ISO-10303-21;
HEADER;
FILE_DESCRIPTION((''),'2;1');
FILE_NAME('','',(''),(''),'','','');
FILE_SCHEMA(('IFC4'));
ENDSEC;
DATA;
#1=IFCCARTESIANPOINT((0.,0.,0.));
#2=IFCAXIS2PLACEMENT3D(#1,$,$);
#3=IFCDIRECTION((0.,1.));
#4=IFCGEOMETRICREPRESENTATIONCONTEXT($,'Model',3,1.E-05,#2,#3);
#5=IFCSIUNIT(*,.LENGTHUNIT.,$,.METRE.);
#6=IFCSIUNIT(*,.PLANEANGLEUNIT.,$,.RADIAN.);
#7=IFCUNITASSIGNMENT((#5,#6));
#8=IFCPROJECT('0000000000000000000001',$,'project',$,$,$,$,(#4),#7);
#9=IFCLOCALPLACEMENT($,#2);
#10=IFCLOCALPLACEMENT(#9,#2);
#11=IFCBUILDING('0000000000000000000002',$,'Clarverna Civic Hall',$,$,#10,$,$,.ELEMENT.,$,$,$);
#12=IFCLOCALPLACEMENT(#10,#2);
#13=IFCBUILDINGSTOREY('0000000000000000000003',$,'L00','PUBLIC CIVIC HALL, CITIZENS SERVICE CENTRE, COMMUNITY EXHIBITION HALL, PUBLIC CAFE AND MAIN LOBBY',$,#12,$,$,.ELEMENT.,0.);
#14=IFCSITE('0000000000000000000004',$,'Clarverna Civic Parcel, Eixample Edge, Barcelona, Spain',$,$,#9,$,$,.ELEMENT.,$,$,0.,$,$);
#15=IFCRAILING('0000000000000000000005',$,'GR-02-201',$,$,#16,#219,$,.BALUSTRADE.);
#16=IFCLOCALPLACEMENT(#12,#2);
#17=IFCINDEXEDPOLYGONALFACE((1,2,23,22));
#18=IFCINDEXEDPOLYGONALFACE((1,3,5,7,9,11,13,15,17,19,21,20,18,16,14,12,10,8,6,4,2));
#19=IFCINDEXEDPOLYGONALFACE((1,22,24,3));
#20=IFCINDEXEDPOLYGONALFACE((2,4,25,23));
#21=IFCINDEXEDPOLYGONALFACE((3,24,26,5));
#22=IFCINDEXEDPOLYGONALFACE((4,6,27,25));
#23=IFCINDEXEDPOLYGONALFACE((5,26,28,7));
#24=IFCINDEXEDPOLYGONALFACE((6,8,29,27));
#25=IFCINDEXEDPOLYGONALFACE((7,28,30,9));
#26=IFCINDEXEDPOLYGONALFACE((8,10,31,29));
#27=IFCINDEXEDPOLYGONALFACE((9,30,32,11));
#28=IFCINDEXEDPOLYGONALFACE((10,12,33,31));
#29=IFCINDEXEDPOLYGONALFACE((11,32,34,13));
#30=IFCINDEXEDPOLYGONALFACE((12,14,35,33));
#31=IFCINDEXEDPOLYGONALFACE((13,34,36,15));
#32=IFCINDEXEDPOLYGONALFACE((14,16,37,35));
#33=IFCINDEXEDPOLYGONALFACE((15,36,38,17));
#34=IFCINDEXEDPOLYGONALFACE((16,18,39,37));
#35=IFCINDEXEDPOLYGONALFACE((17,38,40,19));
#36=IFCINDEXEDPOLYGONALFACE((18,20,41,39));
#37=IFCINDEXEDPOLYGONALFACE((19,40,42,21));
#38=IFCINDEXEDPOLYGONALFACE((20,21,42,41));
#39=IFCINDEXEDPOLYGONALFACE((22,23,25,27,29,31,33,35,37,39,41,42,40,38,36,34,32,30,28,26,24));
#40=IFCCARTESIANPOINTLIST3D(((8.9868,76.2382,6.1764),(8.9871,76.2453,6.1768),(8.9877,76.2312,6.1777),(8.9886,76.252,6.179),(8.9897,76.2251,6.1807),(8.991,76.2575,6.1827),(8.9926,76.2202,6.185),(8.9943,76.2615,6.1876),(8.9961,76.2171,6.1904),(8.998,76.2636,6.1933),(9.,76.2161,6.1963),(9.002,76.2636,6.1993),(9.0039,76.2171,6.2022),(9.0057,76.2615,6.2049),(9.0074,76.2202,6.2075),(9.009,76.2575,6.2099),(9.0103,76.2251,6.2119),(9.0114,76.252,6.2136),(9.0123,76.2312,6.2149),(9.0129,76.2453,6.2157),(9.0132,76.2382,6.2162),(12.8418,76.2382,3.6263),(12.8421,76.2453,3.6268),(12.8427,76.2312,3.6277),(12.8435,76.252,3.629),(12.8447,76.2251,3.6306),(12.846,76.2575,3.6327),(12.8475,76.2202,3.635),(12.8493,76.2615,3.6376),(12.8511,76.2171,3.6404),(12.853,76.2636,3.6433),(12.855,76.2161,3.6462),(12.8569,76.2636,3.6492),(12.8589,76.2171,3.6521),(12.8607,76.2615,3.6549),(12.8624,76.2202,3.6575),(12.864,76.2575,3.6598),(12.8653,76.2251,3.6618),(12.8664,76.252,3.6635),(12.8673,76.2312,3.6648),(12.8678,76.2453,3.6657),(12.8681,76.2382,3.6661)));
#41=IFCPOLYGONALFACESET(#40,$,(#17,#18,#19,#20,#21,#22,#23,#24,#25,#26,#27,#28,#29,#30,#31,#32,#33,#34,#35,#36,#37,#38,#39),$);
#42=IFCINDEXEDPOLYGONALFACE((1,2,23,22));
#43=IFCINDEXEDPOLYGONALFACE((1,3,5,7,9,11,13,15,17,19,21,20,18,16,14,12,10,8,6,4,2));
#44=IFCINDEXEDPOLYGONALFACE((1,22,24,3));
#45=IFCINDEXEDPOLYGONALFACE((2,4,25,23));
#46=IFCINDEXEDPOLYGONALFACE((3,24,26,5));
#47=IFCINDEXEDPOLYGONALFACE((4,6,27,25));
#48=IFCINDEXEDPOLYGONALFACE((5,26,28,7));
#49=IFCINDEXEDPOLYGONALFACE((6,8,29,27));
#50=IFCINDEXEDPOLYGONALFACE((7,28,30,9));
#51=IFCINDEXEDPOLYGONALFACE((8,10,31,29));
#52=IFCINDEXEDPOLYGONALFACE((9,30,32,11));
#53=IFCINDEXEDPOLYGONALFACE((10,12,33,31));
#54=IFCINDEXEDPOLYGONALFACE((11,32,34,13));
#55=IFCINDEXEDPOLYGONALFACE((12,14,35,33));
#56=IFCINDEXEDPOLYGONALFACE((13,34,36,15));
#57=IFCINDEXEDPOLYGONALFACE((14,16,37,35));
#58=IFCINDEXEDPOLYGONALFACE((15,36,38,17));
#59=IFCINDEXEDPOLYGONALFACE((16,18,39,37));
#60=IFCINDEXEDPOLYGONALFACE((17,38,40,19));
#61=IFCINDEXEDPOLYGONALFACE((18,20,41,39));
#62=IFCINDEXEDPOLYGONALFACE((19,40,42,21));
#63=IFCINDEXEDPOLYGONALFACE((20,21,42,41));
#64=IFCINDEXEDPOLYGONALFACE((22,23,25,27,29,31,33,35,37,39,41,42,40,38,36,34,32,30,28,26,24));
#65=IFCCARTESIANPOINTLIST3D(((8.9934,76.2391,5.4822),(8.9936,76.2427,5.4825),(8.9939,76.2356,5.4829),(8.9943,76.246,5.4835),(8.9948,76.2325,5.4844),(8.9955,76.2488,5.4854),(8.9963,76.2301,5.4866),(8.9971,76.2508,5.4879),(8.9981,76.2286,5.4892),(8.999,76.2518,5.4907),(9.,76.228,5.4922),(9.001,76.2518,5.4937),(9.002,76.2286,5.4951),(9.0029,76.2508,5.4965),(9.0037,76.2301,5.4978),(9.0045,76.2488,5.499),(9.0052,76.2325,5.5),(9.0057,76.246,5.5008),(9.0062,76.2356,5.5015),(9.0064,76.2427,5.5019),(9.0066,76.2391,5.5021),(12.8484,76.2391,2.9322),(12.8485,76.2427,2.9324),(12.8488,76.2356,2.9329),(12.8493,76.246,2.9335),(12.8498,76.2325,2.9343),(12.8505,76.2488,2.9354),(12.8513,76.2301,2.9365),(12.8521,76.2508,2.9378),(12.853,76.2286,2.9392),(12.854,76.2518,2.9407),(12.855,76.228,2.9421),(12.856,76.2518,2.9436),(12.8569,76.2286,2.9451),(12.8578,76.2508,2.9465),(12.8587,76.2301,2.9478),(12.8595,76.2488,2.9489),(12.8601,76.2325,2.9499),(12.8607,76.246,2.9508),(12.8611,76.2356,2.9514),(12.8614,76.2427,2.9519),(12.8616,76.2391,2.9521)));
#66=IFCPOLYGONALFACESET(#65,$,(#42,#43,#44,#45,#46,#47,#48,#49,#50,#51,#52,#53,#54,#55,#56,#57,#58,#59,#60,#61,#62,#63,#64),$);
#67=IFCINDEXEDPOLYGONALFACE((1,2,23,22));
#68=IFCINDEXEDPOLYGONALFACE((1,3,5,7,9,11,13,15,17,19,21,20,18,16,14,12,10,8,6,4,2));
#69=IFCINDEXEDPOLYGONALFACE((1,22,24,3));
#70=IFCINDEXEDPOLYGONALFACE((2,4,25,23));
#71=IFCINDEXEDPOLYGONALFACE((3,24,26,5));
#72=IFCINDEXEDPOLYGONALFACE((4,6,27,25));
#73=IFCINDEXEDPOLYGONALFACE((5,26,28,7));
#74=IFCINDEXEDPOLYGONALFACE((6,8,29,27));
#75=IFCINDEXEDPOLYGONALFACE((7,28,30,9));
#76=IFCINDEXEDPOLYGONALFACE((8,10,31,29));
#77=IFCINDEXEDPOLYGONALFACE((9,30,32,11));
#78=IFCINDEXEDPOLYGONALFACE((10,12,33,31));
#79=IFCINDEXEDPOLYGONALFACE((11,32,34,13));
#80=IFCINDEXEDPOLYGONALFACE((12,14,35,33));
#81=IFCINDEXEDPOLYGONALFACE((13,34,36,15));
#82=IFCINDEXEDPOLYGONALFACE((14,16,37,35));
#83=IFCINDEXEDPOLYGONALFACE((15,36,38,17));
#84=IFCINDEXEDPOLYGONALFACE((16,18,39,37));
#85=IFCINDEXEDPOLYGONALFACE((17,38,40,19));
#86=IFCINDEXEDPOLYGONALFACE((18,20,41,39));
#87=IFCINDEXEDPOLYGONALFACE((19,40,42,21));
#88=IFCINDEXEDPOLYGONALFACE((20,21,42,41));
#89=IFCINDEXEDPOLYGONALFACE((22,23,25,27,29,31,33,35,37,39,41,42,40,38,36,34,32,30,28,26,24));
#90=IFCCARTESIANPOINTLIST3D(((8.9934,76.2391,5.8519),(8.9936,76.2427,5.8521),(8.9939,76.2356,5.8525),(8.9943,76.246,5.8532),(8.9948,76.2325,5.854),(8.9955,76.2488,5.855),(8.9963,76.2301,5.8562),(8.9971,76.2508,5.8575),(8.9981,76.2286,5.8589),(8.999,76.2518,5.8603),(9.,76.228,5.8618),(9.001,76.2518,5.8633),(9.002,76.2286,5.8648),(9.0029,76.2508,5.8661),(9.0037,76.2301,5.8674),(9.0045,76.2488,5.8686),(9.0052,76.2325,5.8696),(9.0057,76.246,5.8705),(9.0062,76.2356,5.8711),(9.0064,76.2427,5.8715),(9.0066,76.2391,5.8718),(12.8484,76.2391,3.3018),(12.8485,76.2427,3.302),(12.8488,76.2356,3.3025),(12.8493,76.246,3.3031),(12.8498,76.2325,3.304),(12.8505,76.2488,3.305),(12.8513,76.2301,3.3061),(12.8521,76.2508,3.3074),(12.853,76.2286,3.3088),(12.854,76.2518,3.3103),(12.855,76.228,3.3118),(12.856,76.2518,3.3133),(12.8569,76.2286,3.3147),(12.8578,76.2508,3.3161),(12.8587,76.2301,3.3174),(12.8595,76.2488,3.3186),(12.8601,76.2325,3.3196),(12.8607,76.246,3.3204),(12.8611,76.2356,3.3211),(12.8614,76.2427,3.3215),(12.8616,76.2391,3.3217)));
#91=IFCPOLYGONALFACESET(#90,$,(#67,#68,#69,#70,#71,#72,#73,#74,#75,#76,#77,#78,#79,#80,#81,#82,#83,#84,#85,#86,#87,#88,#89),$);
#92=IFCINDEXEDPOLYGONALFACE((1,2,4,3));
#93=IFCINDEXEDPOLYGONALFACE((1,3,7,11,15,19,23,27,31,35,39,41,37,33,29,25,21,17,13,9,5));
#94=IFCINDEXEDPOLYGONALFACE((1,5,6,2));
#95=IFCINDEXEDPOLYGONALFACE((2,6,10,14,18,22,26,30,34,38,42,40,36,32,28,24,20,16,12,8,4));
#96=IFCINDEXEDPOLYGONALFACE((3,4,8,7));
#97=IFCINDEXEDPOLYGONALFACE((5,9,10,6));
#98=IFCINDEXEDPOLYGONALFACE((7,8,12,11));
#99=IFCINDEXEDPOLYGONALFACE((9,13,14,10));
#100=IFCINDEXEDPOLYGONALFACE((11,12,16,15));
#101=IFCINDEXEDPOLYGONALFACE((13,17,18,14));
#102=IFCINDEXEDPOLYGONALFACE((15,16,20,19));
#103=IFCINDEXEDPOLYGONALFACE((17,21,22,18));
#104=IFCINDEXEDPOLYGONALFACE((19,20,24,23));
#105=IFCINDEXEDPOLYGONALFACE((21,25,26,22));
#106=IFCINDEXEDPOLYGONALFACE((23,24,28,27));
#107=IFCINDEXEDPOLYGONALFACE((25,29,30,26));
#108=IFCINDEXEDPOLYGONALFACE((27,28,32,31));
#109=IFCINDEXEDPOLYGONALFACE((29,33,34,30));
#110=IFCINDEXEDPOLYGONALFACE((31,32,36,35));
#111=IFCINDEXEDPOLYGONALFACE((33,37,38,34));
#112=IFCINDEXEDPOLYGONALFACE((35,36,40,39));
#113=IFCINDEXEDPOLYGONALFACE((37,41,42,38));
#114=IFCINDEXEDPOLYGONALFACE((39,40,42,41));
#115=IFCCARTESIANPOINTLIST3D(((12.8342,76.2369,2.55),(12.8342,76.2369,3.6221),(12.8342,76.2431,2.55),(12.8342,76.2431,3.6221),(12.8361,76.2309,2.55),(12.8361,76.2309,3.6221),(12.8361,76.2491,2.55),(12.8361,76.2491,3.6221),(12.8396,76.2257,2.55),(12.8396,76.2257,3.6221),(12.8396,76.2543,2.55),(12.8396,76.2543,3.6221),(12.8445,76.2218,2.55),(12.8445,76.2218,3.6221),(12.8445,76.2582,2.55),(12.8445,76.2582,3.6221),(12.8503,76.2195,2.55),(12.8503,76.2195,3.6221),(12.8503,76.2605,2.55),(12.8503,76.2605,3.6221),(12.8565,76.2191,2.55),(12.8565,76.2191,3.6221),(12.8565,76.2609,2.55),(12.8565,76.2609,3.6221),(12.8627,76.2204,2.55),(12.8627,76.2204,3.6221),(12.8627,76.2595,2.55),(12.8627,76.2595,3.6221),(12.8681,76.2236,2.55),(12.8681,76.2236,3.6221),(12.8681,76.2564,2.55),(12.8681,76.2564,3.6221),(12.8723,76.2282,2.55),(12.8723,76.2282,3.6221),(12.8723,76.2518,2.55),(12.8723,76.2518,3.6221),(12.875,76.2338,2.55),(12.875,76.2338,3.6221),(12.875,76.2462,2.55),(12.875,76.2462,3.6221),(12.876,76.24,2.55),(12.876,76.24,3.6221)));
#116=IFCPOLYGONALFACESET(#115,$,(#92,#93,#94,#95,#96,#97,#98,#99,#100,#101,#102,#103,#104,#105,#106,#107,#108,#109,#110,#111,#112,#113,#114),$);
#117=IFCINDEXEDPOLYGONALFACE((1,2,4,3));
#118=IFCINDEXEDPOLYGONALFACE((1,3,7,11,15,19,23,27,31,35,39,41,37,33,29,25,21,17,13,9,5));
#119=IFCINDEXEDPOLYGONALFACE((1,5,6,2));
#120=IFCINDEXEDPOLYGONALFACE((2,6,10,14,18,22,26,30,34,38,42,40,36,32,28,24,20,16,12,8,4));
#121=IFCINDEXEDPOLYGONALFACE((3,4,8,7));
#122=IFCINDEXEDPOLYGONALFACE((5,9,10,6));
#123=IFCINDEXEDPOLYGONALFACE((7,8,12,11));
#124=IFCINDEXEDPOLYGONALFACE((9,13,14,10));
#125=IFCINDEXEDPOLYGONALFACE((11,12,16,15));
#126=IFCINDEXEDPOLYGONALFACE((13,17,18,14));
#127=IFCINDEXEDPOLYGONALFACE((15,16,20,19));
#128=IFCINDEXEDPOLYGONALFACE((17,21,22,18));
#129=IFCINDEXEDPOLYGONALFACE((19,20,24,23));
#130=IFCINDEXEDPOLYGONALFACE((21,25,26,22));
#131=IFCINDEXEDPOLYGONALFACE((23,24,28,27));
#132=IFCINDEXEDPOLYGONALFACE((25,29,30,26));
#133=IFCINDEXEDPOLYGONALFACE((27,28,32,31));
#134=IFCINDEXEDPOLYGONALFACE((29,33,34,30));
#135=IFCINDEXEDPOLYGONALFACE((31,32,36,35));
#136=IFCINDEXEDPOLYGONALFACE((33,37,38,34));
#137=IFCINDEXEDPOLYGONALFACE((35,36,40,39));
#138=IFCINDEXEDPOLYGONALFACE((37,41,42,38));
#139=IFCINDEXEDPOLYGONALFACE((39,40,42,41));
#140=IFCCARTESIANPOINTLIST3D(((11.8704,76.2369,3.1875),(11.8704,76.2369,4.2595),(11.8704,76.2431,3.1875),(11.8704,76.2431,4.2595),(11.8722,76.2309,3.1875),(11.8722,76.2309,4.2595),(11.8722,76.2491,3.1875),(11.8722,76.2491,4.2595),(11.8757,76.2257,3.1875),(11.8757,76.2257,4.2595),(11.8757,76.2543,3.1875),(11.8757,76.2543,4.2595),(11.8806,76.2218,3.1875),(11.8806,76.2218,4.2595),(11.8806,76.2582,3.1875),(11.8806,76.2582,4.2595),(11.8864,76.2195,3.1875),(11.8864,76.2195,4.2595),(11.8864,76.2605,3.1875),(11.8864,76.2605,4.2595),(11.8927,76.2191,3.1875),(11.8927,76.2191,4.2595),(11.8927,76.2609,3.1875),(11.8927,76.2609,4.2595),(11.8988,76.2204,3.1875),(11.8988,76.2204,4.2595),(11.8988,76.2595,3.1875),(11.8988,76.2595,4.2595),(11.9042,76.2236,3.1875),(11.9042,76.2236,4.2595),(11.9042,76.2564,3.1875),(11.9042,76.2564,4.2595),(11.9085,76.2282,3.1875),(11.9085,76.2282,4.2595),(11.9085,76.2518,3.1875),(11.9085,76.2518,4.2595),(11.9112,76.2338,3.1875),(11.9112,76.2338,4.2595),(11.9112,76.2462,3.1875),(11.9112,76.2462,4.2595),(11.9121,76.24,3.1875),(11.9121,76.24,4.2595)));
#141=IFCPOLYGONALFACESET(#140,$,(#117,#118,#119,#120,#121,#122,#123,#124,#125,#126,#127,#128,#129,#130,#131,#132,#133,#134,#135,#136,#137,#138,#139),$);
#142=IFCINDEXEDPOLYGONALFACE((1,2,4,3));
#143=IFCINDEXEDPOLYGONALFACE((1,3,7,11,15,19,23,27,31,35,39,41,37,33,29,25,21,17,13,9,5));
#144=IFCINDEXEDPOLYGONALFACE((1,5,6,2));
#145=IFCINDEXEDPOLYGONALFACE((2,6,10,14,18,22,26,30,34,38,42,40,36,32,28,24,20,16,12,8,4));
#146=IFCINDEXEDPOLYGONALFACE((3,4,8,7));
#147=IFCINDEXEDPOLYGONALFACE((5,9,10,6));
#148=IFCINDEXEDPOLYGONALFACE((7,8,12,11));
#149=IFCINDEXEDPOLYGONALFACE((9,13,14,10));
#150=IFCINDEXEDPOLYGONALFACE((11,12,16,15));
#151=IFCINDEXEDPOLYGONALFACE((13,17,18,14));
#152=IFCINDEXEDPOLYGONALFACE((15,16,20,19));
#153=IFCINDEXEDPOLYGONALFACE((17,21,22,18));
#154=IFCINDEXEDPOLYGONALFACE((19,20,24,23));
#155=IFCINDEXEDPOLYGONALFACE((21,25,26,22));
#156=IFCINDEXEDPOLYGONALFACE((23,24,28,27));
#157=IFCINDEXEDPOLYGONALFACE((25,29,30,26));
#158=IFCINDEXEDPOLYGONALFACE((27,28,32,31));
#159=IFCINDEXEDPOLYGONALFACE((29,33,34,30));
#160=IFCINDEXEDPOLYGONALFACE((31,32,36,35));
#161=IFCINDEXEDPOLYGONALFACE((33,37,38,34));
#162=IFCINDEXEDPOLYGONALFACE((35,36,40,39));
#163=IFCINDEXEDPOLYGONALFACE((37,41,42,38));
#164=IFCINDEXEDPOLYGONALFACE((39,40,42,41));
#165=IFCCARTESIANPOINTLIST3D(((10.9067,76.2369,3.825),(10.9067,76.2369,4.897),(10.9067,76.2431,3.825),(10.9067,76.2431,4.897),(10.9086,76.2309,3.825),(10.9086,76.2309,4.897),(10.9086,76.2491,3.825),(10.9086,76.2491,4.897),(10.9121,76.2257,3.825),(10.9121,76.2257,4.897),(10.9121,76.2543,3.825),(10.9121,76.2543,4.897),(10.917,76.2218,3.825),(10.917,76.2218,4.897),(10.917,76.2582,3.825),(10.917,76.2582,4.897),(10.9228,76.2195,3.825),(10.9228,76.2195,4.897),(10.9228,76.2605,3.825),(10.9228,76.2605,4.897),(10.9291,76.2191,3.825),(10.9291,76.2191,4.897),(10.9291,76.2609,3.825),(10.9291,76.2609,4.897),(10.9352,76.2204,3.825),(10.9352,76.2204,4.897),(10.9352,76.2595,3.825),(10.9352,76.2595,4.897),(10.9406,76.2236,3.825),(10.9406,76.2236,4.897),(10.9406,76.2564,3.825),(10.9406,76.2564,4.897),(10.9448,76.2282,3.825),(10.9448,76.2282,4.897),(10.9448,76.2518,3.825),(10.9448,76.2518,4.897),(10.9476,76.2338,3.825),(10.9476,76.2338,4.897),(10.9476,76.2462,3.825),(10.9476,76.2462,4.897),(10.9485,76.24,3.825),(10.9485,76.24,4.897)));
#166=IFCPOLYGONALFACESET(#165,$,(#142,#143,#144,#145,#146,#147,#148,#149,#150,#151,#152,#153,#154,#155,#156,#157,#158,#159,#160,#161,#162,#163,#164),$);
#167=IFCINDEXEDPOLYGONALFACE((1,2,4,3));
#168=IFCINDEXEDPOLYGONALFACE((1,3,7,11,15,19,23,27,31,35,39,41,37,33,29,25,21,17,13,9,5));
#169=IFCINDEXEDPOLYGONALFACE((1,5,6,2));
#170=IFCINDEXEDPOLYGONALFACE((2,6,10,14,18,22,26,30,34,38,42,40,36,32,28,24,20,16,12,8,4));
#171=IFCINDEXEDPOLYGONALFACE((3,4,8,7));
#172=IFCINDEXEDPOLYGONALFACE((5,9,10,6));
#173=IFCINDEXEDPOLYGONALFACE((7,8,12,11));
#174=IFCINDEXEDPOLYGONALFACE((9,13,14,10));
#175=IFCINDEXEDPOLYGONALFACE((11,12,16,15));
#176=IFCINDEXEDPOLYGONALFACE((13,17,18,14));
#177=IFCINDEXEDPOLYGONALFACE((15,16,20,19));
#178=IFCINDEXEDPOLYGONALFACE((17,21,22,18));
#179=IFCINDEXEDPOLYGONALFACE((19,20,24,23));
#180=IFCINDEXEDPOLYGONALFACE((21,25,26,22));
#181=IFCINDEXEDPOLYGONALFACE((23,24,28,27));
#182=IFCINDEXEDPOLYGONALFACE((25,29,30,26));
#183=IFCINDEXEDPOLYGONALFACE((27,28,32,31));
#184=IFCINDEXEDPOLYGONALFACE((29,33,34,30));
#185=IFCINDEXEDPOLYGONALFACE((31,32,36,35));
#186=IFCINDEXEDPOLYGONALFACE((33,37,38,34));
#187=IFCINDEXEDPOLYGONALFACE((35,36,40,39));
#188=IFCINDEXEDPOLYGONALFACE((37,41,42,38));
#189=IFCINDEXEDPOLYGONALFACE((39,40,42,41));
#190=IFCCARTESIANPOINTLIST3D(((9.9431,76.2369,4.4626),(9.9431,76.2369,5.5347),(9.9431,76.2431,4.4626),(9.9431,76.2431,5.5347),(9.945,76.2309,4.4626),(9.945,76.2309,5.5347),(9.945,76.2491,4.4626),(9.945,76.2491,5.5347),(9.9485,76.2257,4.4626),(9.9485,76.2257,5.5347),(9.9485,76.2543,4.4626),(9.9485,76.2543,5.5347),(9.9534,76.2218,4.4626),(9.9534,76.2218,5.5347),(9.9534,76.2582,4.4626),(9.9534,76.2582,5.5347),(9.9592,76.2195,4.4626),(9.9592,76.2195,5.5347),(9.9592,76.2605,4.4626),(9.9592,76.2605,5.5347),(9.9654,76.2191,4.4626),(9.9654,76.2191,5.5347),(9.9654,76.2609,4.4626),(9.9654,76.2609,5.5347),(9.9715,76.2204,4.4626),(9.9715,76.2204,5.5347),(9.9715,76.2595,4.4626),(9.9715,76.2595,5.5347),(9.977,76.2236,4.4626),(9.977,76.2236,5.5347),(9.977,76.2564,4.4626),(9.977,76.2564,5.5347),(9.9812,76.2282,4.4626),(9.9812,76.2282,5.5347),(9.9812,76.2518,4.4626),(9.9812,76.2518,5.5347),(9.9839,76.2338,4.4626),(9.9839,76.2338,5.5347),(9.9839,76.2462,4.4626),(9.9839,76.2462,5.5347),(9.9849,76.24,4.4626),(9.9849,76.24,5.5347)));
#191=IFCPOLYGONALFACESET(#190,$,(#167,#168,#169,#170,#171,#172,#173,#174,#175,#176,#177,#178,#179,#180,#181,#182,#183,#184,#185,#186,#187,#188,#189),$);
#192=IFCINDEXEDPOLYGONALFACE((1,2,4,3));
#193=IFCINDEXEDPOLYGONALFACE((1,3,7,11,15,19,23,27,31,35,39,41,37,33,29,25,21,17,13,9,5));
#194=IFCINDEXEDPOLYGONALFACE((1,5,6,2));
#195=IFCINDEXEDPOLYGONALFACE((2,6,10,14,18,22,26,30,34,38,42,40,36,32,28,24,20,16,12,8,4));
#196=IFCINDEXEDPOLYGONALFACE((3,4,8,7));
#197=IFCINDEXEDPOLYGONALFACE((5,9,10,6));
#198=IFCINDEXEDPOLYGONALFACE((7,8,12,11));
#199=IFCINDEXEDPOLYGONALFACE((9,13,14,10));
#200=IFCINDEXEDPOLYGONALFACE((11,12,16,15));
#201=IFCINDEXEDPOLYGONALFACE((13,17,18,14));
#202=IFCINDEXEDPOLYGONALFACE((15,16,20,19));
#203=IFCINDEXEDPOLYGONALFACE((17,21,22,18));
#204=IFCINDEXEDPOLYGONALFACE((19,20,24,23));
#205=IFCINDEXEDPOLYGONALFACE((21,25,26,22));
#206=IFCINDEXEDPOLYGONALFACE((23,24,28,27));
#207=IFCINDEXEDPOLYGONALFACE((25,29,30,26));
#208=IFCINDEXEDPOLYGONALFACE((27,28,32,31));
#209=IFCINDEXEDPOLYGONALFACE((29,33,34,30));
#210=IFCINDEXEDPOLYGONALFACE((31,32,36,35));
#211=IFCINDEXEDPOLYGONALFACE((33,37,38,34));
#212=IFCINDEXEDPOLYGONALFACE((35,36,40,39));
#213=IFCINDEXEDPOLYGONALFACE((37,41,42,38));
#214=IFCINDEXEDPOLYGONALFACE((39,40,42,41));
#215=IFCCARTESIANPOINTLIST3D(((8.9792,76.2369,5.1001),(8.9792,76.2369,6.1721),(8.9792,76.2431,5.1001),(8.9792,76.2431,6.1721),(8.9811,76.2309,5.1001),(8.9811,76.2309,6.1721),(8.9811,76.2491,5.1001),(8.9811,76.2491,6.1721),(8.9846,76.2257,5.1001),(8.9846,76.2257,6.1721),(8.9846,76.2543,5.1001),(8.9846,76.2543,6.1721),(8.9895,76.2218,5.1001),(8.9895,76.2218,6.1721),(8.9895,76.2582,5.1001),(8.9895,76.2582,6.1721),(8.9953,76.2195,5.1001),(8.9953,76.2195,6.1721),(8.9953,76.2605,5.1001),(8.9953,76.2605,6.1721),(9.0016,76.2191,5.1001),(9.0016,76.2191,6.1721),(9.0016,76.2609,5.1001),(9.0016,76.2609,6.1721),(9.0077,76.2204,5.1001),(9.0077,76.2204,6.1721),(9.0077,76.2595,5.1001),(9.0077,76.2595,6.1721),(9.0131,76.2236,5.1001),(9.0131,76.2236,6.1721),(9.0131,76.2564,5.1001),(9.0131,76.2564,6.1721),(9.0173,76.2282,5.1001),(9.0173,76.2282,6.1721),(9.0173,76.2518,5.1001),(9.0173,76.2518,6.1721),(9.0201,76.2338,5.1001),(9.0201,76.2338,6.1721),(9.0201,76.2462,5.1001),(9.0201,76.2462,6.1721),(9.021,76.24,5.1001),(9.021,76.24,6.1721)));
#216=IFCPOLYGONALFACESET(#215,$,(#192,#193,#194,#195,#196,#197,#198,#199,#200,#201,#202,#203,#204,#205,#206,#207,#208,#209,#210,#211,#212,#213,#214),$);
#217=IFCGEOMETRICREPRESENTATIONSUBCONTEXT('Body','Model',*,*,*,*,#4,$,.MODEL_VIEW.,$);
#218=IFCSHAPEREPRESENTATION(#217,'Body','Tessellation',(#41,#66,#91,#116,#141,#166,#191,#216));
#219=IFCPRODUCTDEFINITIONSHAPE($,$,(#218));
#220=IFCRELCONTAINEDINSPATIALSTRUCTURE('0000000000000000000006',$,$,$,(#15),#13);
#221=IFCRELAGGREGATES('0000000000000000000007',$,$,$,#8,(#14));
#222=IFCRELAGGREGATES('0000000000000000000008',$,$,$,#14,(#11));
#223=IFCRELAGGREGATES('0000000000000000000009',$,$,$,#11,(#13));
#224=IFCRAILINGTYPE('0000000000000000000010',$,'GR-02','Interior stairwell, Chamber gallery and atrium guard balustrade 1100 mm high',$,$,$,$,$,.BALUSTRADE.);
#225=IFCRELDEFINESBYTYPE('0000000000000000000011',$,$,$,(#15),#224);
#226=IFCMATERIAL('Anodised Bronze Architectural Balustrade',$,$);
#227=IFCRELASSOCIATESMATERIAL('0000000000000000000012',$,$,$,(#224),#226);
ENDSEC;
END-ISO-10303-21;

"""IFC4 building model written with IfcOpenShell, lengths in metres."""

from ifc_helpers import new_model, si_unit, direction, frame, origin, origin_2d, place, context, subcontext, project, spatial, circle, extrude, material, type_object, element, save


model = new_model("IFC4")

# Units and contexts
model_context = context("Model", 3, precision=1e-05, world=origin(), true_north=direction((0.0, 1.0)))
body_context = subcontext(model_context, "Body", "Model", "MODEL_VIEW")
ifc_project = project(units=[si_unit("LENGTHUNIT", "METRE"), si_unit("PLANEANGLEUNIT", "RADIAN")], contexts=[model_context])

# Site, building, storey
site_placement = place(None, origin())
site = spatial("IfcSite", under=ifc_project, at=site_placement, Name="Clarverna Civic Parcel, Eixample Edge, Barcelona, Spain", CompositionType="ELEMENT", RefElevation=0.0)
building_placement = place(site_placement, origin())
building = spatial("IfcBuilding", under=site, at=building_placement, Name="Clarverna Civic Hall", CompositionType="ELEMENT")
storey_placement = place(building_placement, origin())
storey = spatial("IfcBuildingStorey", under=building, at=storey_placement, Name="L00", Description="PUBLIC CIVIC HALL, CITIZENS SERVICE CENTRE, COMMUNITY EXHIBITION HALL, PUBLIC CAFE AND MAIN LOBBY", CompositionType="ELEMENT", Elevation=0.0)

# Railing
ifc_material_1 = material(Name="Anodised Bronze Architectural Balustrade")
railing_type_1 = type_object("IfcRailingType", Name="GR-02", Description="Interior stairwell, Chamber gallery and atrium guard balustrade 1100 mm high", PredefinedType="BALUSTRADE", material=ifc_material_1)
railing_1_placement = place(storey_placement, frame((12.855, 76.24, 2.55)))
element("IfcRailing", 1, at=railing_1_placement, inside=storey, type_object=railing_type_1, Name="GR-02-201", PredefinedType="BALUSTRADE", context=body_context, shape_type="SweptSolid", body=[
    extrude(circle(Radius=0.0239, at=origin_2d()), frame((0.0, 0.0, 1.0962), z_axis=(-0.834036, 0.0, 0.55171), x_axis=(0.0, -1.0, 0.0)), (0.0, 0.0, 1.0), 4.6221),
    extrude(circle(Radius=0.012, at=origin_2d()), frame((0.0, 0.0, 0.3921), z_axis=(-0.834036, 0.0, 0.55171), x_axis=(0.0, -1.0, 0.0)), (0.0, 0.0, 1.0), 4.6221),
    extrude(circle(Radius=0.012, at=origin_2d()), frame((0.0, 0.0, 0.7617), z_axis=(-0.834036, 0.0, 0.55171), x_axis=(0.0, -1.0, 0.0)), (0.0, 0.0, 1.0), 4.6221),
    extrude(circle(Radius=0.021, at=origin_2d()), origin(), (0.0, 0.0, 1.0), 1.072),
    extrude(circle(Radius=0.021, at=origin_2d()), frame((-0.9639, 0.0, 0.6375)), (0.0, 0.0, 1.0), 1.072),
    extrude(circle(Radius=0.021, at=origin_2d()), frame((-1.9275, 0.0, 1.2749)), (0.0, 0.0, 1.0), 1.072),
    extrude(circle(Radius=0.021, at=origin_2d()), frame((-2.8911, 0.0, 1.9126)), (0.0, 0.0, 1.0), 1.072),
    extrude(circle(Radius=0.021, at=origin_2d()), frame((-3.855, 0.0, 2.55)), (0.0, 0.0, 1.0), 1.072),
])

save(model, "model.ifc")
